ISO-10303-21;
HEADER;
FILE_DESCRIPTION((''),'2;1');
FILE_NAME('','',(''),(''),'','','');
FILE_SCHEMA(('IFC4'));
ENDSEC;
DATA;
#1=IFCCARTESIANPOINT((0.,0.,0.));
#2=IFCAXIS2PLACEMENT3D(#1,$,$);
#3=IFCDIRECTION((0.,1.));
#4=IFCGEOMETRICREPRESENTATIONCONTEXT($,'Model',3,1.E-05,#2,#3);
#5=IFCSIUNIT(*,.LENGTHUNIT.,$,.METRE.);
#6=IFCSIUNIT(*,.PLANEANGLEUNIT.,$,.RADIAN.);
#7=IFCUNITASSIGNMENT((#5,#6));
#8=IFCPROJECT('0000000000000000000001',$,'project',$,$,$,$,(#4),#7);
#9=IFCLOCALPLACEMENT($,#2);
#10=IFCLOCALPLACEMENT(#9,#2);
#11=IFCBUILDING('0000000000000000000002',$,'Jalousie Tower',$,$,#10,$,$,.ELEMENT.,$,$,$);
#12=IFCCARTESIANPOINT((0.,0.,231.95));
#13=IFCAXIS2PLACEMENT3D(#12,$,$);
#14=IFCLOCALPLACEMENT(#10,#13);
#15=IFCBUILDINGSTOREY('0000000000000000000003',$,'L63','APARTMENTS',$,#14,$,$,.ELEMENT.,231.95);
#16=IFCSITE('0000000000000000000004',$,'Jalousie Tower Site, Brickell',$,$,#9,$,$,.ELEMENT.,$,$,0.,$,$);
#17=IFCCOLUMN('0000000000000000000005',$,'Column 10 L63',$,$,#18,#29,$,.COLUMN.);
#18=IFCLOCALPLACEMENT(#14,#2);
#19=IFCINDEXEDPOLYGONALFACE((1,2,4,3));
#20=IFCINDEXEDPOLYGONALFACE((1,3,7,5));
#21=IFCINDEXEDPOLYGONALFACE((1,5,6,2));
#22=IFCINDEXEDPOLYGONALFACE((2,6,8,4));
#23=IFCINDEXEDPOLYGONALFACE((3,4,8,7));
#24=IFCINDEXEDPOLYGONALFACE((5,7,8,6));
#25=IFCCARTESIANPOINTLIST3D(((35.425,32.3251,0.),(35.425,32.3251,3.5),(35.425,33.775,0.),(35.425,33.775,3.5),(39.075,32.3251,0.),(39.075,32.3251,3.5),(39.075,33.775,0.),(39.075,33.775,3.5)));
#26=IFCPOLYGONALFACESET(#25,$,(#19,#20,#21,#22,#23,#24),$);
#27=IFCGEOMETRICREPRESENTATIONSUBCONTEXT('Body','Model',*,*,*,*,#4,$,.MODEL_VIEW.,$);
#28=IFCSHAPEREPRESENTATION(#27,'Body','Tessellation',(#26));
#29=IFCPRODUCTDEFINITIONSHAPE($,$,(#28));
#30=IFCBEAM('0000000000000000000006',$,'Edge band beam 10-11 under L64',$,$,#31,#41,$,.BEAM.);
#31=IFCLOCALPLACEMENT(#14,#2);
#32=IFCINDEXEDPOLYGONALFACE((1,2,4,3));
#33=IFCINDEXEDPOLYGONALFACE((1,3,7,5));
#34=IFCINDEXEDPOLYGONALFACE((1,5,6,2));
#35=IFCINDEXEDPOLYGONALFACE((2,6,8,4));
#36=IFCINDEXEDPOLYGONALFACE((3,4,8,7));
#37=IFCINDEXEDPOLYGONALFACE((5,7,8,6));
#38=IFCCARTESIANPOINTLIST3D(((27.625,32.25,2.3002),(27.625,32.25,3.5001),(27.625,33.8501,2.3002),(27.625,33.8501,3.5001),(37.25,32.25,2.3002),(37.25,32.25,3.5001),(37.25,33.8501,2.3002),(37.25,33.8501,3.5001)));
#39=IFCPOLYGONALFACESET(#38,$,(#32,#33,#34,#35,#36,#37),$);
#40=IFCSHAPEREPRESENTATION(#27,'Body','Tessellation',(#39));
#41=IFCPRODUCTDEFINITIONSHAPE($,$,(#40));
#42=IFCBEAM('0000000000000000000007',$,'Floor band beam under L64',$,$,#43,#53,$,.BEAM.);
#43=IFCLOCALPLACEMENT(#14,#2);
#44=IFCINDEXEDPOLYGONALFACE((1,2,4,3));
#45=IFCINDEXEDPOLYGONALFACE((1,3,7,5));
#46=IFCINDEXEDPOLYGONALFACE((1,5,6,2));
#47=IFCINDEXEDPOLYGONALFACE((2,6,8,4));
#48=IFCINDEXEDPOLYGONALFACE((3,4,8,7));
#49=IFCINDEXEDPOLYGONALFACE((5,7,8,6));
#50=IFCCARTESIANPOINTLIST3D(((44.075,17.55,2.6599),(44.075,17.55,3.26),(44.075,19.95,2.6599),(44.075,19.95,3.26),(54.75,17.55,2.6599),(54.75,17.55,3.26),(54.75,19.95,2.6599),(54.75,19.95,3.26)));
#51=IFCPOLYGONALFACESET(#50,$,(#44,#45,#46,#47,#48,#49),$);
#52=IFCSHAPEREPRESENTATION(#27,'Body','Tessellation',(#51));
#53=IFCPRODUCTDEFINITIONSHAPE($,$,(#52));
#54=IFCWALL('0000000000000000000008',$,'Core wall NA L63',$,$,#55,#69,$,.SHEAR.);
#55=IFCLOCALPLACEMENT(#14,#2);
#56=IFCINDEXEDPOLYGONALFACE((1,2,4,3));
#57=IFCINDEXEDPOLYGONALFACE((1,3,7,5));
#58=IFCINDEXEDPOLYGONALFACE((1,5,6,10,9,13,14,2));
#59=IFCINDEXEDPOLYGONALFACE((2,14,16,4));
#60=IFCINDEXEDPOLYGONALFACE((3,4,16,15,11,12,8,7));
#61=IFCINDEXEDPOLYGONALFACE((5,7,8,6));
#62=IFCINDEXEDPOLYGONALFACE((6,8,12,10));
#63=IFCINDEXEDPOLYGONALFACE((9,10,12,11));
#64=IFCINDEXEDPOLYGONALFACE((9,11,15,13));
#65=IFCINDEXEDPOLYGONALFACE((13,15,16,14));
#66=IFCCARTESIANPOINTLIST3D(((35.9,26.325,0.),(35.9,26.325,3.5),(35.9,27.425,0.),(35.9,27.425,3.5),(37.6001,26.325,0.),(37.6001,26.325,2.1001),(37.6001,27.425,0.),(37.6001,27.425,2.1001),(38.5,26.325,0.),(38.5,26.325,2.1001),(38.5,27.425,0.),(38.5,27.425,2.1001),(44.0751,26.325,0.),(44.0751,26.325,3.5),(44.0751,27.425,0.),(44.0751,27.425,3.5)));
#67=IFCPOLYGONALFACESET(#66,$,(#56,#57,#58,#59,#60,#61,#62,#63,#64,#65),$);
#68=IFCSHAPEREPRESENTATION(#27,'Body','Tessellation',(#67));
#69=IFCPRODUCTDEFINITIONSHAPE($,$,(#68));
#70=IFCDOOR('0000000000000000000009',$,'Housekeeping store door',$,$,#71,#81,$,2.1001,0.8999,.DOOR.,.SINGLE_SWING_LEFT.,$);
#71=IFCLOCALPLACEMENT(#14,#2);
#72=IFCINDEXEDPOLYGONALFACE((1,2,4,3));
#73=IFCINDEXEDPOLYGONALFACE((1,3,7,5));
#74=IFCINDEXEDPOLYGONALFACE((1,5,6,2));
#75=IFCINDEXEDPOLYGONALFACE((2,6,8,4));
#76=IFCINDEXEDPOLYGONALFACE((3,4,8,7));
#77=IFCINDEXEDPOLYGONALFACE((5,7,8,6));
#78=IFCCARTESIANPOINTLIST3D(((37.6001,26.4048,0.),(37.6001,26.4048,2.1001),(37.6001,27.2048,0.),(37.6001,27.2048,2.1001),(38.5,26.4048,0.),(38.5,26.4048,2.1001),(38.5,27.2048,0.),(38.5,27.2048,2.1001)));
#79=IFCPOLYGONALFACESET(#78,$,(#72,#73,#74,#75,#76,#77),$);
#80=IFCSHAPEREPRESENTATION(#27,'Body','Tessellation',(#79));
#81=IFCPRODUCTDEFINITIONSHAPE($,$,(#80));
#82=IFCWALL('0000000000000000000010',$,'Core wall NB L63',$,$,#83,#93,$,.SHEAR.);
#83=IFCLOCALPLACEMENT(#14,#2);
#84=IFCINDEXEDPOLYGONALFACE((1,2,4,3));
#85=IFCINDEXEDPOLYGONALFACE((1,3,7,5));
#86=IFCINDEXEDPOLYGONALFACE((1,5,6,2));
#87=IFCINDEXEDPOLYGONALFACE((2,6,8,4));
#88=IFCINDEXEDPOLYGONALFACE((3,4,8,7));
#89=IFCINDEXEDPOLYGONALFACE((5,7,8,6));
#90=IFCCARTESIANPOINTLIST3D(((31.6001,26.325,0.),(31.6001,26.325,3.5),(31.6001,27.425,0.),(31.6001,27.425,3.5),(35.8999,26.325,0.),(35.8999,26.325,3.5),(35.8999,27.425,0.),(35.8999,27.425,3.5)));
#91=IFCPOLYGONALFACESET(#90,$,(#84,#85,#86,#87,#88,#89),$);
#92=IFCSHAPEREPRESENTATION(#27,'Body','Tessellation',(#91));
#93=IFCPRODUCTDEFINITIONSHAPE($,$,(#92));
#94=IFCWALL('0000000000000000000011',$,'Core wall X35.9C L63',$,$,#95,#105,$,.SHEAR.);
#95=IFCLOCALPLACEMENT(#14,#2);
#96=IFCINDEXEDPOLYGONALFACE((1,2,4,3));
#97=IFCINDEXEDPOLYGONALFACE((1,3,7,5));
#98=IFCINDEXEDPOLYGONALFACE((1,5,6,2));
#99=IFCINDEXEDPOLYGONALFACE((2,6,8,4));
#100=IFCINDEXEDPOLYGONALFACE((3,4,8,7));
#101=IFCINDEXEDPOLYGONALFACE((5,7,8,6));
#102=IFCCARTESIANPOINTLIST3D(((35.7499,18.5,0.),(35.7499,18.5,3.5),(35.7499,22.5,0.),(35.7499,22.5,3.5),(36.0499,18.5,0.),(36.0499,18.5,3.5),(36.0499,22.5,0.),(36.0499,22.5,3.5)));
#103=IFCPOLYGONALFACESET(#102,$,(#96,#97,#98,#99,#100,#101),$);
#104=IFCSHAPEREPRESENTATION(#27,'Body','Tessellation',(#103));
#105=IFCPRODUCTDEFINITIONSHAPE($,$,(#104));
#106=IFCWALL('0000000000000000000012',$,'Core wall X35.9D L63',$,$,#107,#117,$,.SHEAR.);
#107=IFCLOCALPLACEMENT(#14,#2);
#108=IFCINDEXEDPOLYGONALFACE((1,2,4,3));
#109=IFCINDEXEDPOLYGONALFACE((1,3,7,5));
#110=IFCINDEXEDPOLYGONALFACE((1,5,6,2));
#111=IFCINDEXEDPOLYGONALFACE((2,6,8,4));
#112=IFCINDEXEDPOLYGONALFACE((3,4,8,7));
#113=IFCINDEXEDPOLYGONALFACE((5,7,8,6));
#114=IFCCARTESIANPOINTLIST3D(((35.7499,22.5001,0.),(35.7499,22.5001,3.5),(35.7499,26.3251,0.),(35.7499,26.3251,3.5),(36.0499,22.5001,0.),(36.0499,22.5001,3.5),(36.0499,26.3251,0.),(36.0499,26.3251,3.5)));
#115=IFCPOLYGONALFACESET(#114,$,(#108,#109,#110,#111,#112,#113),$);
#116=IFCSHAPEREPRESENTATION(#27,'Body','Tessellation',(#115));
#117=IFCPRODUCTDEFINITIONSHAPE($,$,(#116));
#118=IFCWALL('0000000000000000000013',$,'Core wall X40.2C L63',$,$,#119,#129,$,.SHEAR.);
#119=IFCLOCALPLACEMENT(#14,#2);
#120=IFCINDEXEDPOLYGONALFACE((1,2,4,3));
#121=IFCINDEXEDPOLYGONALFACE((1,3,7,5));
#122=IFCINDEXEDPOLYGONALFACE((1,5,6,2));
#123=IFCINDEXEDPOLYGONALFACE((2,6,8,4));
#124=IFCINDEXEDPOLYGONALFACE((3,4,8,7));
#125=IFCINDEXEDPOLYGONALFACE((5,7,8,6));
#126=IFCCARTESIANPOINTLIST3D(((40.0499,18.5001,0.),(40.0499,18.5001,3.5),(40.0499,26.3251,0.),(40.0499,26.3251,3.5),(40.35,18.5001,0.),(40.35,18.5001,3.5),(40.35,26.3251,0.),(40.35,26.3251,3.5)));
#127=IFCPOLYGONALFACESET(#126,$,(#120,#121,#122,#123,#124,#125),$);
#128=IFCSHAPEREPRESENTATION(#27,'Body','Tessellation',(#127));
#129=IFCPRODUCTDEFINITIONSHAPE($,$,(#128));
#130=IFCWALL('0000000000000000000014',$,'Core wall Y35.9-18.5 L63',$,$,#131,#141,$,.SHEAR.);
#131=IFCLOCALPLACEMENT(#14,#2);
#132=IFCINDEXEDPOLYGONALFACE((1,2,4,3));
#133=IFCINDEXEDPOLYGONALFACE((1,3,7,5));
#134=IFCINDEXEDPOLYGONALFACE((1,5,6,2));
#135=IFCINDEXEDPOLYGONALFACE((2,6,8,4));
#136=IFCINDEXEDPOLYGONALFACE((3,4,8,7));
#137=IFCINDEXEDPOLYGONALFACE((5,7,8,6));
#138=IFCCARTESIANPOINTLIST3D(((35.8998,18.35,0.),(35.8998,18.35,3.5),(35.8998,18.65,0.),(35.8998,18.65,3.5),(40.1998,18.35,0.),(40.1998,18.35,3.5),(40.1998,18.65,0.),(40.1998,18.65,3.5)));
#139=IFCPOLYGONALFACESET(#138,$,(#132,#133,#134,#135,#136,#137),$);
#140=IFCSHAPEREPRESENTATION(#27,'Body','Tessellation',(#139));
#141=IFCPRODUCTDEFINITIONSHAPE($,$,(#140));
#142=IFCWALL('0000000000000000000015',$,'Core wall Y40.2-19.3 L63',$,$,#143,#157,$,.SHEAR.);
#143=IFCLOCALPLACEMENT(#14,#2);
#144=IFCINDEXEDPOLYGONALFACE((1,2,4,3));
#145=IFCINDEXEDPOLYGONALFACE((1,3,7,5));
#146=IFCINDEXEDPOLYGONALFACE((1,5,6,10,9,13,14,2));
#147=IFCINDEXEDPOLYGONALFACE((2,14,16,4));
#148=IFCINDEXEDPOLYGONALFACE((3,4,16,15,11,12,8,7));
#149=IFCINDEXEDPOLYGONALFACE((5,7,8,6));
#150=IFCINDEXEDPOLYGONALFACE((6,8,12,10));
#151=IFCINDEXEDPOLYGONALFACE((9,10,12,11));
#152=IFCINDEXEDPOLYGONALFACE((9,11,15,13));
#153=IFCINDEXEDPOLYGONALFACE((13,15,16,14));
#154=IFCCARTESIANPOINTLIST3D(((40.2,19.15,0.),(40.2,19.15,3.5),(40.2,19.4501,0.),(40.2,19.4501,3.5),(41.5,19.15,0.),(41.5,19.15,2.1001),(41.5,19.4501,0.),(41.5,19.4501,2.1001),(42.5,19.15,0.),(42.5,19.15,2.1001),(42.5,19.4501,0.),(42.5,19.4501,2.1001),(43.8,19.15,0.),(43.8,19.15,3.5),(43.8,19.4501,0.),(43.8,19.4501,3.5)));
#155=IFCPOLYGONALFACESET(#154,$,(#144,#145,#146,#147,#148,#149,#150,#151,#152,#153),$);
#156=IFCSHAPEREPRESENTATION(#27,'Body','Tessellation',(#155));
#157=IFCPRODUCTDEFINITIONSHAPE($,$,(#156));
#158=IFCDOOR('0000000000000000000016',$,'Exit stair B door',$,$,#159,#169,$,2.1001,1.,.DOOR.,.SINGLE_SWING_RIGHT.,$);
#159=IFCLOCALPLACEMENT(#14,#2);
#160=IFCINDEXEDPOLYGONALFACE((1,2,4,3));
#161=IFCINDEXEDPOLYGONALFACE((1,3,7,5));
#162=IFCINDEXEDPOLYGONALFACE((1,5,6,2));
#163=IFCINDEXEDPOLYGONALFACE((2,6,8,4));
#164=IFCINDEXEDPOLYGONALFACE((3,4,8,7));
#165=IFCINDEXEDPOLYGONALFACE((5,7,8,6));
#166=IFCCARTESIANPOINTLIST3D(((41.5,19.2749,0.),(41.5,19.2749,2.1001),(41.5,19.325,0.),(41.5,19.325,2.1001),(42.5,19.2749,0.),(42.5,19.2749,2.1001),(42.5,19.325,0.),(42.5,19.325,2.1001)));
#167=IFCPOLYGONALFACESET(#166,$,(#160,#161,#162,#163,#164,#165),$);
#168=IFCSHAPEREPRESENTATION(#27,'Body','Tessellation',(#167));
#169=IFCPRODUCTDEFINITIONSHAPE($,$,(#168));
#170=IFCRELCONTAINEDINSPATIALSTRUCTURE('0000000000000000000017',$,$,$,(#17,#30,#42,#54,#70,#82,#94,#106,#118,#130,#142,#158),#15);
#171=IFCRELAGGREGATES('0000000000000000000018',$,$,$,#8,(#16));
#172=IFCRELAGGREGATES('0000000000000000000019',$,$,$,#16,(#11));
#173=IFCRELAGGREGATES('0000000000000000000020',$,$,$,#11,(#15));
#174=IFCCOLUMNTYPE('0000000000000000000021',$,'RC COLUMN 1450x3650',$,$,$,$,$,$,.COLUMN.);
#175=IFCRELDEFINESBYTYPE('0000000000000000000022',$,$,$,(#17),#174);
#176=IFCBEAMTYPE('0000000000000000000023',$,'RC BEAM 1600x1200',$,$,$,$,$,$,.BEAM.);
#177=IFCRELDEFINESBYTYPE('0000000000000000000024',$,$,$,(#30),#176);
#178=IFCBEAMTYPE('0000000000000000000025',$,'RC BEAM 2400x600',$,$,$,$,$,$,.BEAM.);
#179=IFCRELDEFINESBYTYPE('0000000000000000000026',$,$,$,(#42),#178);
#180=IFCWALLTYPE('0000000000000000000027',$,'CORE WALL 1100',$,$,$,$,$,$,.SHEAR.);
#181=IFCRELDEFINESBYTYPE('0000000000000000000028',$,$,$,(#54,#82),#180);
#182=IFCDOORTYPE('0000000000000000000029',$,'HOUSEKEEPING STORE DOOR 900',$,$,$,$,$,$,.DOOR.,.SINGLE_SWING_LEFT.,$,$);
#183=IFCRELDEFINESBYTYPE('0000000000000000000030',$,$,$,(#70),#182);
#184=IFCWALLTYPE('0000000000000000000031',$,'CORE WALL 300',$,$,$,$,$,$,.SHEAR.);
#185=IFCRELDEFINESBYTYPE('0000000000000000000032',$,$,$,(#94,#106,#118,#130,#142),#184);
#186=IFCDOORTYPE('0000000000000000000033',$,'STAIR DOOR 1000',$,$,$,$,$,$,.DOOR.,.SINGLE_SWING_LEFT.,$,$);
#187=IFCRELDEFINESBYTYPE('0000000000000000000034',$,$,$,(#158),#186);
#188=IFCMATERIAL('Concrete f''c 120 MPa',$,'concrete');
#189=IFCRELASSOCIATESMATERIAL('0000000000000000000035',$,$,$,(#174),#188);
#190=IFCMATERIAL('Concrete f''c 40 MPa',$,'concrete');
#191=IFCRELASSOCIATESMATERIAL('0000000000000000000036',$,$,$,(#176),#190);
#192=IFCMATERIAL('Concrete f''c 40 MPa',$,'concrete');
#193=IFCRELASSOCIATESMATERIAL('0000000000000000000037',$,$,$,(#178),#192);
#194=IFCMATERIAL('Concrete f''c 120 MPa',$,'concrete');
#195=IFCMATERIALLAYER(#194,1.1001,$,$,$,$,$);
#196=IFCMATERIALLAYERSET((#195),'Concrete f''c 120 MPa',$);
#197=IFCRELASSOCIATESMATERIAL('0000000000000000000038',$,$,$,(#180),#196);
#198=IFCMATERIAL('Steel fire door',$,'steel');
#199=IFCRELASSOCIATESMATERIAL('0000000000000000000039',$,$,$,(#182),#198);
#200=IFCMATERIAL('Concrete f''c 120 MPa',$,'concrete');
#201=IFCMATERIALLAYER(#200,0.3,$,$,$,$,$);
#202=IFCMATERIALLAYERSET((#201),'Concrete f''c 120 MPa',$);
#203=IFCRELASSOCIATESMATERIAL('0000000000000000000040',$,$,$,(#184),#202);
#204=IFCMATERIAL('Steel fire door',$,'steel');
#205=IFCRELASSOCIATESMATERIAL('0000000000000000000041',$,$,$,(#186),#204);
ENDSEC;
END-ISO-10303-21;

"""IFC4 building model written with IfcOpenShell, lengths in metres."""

from ifc_helpers import new_model, si_unit, direction, frame, frame_2d, origin, origin_2d, place, context, subcontext, project, spatial, rectangle, extrude, material, layer, layer_set, material_profile, profile_set, type_object, element, fill, save


model = new_model("IFC4")

# Units and contexts
model_context = context("Model", 3, precision=1e-05, world=origin(), true_north=direction((0.0, 1.0)))
body_context = subcontext(model_context, "Body", "Model", "MODEL_VIEW")
ifc_project = project(units=[si_unit("LENGTHUNIT", "METRE"), si_unit("PLANEANGLEUNIT", "RADIAN")], contexts=[model_context])

# Site, building, storey
site_placement = place(None, origin())
site = spatial("IfcSite", under=ifc_project, at=site_placement, Name="Jalousie Tower Site, Brickell", CompositionType="ELEMENT", RefElevation=0.0)
building_placement = place(site_placement, origin())
building = spatial("IfcBuilding", under=site, at=building_placement, Name="Jalousie Tower", CompositionType="ELEMENT")
storey_placement = place(building_placement, frame((0.0, 0.0, 231.95)))
storey = spatial("IfcBuildingStorey", under=building, at=storey_placement, Name="L63", Description="APARTMENTS", CompositionType="ELEMENT", Elevation=231.95)

# Column
ifc_material_1 = material(Name="Concrete f'c 120 MPa", Category="concrete")
ifc_material_profile_1 = material_profile(ifc_material_1, rectangle(XDim=1.45, YDim=3.6499, at=origin_2d()), Name="RC 1450x3650")
ifc_profile_set_1 = profile_set([ifc_material_profile_1], Name="Concrete f'c 120 MPa")
column_type = type_object("IfcColumnType", Name="RC COLUMN 1450x3650", PredefinedType="COLUMN", material=ifc_profile_set_1)
column_placement = place(storey_placement, frame((37.25, 33.05, 0.0), z_axis=(0.0, 0.0, 1.0), x_axis=(0.0, 1.0, 0.0)))
element("IfcColumn", 1, at=column_placement, inside=storey, type_object=column_type, Name="Column 10 L63", PredefinedType="COLUMN", context=body_context, shape_type="SweptSolid", body=[
    extrude(rectangle(XDim=1.45, YDim=3.6499, at=origin_2d()), origin(), (0.0, 0.0, 1.0), 3.5),
])

# Beams
ifc_material_2 = material(Name="Concrete f'c 40 MPa", Category="concrete")
ifc_material_profile_2 = material_profile(ifc_material_2, rectangle(XDim=1.6001, YDim=1.2, at=origin_2d()), Name="RC 1600x1200")
ifc_profile_set_2 = profile_set([ifc_material_profile_2], Name="Concrete f'c 40 MPa")
beam_type_1 = type_object("IfcBeamType", Name="RC BEAM 1600x1200", PredefinedType="BEAM", material=ifc_profile_set_2)
beam_1_placement = place(storey_placement, frame((37.25, 33.05, 2.9001), z_axis=(-1.0, 0.0, 0.0), x_axis=(0.0, -1.0, 0.0)))
element("IfcBeam", 2, at=beam_1_placement, inside=storey, type_object=beam_type_1, Name="Edge band beam 10-11 under L64", PredefinedType="BEAM", context=body_context, shape_type="SweptSolid", body=[
    extrude(rectangle(XDim=1.6001, YDim=1.2, at=origin_2d()), origin(), (0.0, 0.0, 1.0), 9.625),
])
ifc_material_3 = material(Name="Concrete f'c 40 MPa", Category="concrete")
ifc_material_profile_3 = material_profile(ifc_material_3, rectangle(XDim=2.3999, YDim=0.6001, at=origin_2d()), Name="RC 2400x600")
ifc_profile_set_3 = profile_set([ifc_material_profile_3], Name="Concrete f'c 40 MPa")
beam_type_2 = type_object("IfcBeamType", Name="RC BEAM 2400x600", PredefinedType="BEAM", material=ifc_profile_set_3)
beam_2_placement = place(storey_placement, frame((44.075, 18.75, 2.96), z_axis=(1.0, 0.0, 0.0), x_axis=(0.0, 1.0, 0.0)))
element("IfcBeam", 3, at=beam_2_placement, inside=storey, type_object=beam_type_2, Name="Floor band beam under L64", PredefinedType="BEAM", context=body_context, shape_type="SweptSolid", body=[
    extrude(rectangle(XDim=2.3999, YDim=0.6001, at=origin_2d()), origin(), (0.0, 0.0, 1.0), 10.675),
])

# Wall, opening, door
ifc_material_4 = material(Name="Concrete f'c 120 MPa", Category="concrete")
ifc_layer_1 = layer(ifc_material_4, 1.1001)
ifc_layer_set_1 = layer_set([ifc_layer_1], Name="Concrete f'c 120 MPa")
wall_type_1 = type_object("IfcWallType", Name="CORE WALL 1100", PredefinedType="SHEAR", material=ifc_layer_set_1)
wall_1_placement = place(storey_placement, frame((44.075, 26.875, 0.0), z_axis=(0.0, 0.0, 1.0), x_axis=(-1.0, 0.0, 0.0)))
wall_1 = element("IfcWall", 4, at=wall_1_placement, inside=storey, type_object=wall_type_1, Name="Core wall NA L63", PredefinedType="SHEAR", context=body_context, shape_type="SweptSolid", body=[
    extrude(rectangle(XDim=8.175, YDim=1.1001, at=frame_2d((4.0874, 0.0))), origin(), (0.0, 0.0, 1.0), 3.5),
])
opening_1_placement = place(wall_1_placement, frame((5.575, 0.0, 0.0)))
opening_1 = element("IfcOpeningElement", 5, at=opening_1_placement, cuts=wall_1, PredefinedType="OPENING", context=body_context, shape_type="SweptSolid", body=[
    extrude(rectangle(XDim=0.8999, YDim=2.1001, at=frame_2d((0.45, 1.05))), frame((0.0, 0.5601, 0.0), z_axis=(0.0, -1.0, 0.0), x_axis=(1.0, 0.0, 0.0)), (0.0, 0.0, 1.0), 1.1201),
])
ifc_material_5 = material(Name="Steel fire door", Category="steel")
door_type_1 = type_object("IfcDoorType", Name="HOUSEKEEPING STORE DOOR 900", OperationType="SINGLE_SWING_LEFT", PredefinedType="DOOR", material=ifc_material_5)
door_1_placement = place(opening_1_placement, origin())
door_1 = element("IfcDoor", 6, at=door_1_placement, inside=storey, type_object=door_type_1, Name="Housekeeping store door", OperationType="SINGLE_SWING_LEFT", OverallHeight=2.1001, OverallWidth=0.8999, PredefinedType="DOOR", context=body_context, shape_type="SweptSolid", body=[
    extrude(rectangle(XDim=0.8999, YDim=2.1001, at=frame_2d((0.45, 1.05))), frame((0.0, 0.4702, 0.0), z_axis=(0.0, -1.0, 0.0), x_axis=(1.0, 0.0, 0.0)), (0.0, 0.0, 1.0), 0.8),
])
fill(opening_1, door_1)

# Walls
wall_2_placement = place(storey_placement, frame((35.8999, 26.875, 0.0), z_axis=(0.0, 0.0, 1.0), x_axis=(-1.0, 0.0, 0.0)))
element("IfcWall", 7, at=wall_2_placement, inside=storey, type_object=wall_type_1, Name="Core wall NB L63", PredefinedType="SHEAR", context=body_context, shape_type="SweptSolid", body=[
    extrude(rectangle(XDim=4.2998, YDim=1.1001, at=frame_2d((2.1499, 0.0))), origin(), (0.0, 0.0, 1.0), 3.5),
])
ifc_material_6 = material(Name="Concrete f'c 120 MPa", Category="concrete")
ifc_layer_2 = layer(ifc_material_6, 0.3)
ifc_layer_set_2 = layer_set([ifc_layer_2], Name="Concrete f'c 120 MPa")
wall_type_2 = type_object("IfcWallType", Name="CORE WALL 300", PredefinedType="SHEAR", material=ifc_layer_set_2)
wall_3_placement = place(storey_placement, frame((35.8999, 18.5, 0.0), z_axis=(0.0, 0.0, 1.0), x_axis=(0.0, 1.0, 0.0)))
element("IfcWall", 8, at=wall_3_placement, inside=storey, type_object=wall_type_2, Name="Core wall X35.9C L63", PredefinedType="SHEAR", context=body_context, shape_type="SweptSolid", body=[
    extrude(rectangle(XDim=4.0, YDim=0.3, at=frame_2d((2.0, 0.0))), origin(), (0.0, 0.0, 1.0), 3.5),
])
wall_4_placement = place(storey_placement, frame((35.8999, 22.5, 0.0), z_axis=(0.0, 0.0, 1.0), x_axis=(0.0, 1.0, 0.0)))
element("IfcWall", 9, at=wall_4_placement, inside=storey, type_object=wall_type_2, Name="Core wall X35.9D L63", PredefinedType="SHEAR", context=body_context, shape_type="SweptSolid", body=[
    extrude(rectangle(XDim=3.825, YDim=0.3, at=frame_2d((1.9126, 0.0))), origin(), (0.0, 0.0, 1.0), 3.5),
])
wall_5_placement = place(storey_placement, frame((40.2, 18.5, 0.0), z_axis=(0.0, 0.0, 1.0), x_axis=(0.0, 1.0, 0.0)))
element("IfcWall", 10, at=wall_5_placement, inside=storey, type_object=wall_type_2, Name="Core wall X40.2C L63", PredefinedType="SHEAR", context=body_context, shape_type="SweptSolid", body=[
    extrude(rectangle(XDim=7.825, YDim=0.3, at=frame_2d((3.9126, 0.0))), origin(), (0.0, 0.0, 1.0), 3.5),
])
wall_6_placement = place(storey_placement, frame((35.8999, 18.5, 0.0), z_axis=(0.0, 0.0, 1.0), x_axis=(1.0, 0.0, 0.0)))
element("IfcWall", 11, at=wall_6_placement, inside=storey, type_object=wall_type_2, Name="Core wall Y35.9-18.5 L63", PredefinedType="SHEAR", context=body_context, shape_type="SweptSolid", body=[
    extrude(rectangle(XDim=4.3, YDim=0.3, at=frame_2d((2.1499, 0.0))), origin(), (0.0, 0.0, 1.0), 3.5),
])

# Wall, opening, door
wall_7_placement = place(storey_placement, frame((40.2, 19.3, 0.0), z_axis=(0.0, 0.0, 1.0), x_axis=(1.0, 0.0, 0.0)))
wall_7 = element("IfcWall", 12, at=wall_7_placement, inside=storey, type_object=wall_type_2, Name="Core wall Y40.2-19.3 L63", PredefinedType="SHEAR", context=body_context, shape_type="SweptSolid", body=[
    extrude(rectangle(XDim=3.6001, YDim=0.3, at=frame_2d((1.8, 0.0))), origin(), (0.0, 0.0, 1.0), 3.5),
])
opening_2_placement = place(wall_7_placement, frame((1.3, 0.0, 0.0)))
opening_2 = element("IfcOpeningElement", 13, at=opening_2_placement, cuts=wall_7, PredefinedType="OPENING", context=body_context, shape_type="SweptSolid", body=[
    extrude(rectangle(XDim=1.0, YDim=2.1001, at=frame_2d((0.5, 1.05))), frame((0.0, 0.1599, 0.0), z_axis=(0.0, -1.0, 0.0), x_axis=(1.0, 0.0, 0.0)), (0.0, 0.0, 1.0), 0.3201),
])
ifc_material_7 = material(Name="Steel fire door", Category="steel")
door_type_2 = type_object("IfcDoorType", Name="STAIR DOOR 1000", OperationType="SINGLE_SWING_LEFT", PredefinedType="DOOR", material=ifc_material_7)
door_2_placement = place(opening_2_placement, origin())
door_2 = element("IfcDoor", 14, at=door_2_placement, inside=storey, type_object=door_type_2, Name="Exit stair B door", OperationType="SINGLE_SWING_RIGHT", OverallHeight=2.1001, OverallWidth=1.0, PredefinedType="DOOR", context=body_context, shape_type="SweptSolid", body=[
    extrude(rectangle(XDim=1.0, YDim=2.1001, at=frame_2d((0.5, 1.05))), frame((0.0, 0.0249, 0.0), z_axis=(0.0, -1.0, 0.0), x_axis=(1.0, 0.0, 0.0)), (0.0, 0.0, 1.0), 0.05),
])
fill(opening_2, door_2)

save(model, "model.ifc")
